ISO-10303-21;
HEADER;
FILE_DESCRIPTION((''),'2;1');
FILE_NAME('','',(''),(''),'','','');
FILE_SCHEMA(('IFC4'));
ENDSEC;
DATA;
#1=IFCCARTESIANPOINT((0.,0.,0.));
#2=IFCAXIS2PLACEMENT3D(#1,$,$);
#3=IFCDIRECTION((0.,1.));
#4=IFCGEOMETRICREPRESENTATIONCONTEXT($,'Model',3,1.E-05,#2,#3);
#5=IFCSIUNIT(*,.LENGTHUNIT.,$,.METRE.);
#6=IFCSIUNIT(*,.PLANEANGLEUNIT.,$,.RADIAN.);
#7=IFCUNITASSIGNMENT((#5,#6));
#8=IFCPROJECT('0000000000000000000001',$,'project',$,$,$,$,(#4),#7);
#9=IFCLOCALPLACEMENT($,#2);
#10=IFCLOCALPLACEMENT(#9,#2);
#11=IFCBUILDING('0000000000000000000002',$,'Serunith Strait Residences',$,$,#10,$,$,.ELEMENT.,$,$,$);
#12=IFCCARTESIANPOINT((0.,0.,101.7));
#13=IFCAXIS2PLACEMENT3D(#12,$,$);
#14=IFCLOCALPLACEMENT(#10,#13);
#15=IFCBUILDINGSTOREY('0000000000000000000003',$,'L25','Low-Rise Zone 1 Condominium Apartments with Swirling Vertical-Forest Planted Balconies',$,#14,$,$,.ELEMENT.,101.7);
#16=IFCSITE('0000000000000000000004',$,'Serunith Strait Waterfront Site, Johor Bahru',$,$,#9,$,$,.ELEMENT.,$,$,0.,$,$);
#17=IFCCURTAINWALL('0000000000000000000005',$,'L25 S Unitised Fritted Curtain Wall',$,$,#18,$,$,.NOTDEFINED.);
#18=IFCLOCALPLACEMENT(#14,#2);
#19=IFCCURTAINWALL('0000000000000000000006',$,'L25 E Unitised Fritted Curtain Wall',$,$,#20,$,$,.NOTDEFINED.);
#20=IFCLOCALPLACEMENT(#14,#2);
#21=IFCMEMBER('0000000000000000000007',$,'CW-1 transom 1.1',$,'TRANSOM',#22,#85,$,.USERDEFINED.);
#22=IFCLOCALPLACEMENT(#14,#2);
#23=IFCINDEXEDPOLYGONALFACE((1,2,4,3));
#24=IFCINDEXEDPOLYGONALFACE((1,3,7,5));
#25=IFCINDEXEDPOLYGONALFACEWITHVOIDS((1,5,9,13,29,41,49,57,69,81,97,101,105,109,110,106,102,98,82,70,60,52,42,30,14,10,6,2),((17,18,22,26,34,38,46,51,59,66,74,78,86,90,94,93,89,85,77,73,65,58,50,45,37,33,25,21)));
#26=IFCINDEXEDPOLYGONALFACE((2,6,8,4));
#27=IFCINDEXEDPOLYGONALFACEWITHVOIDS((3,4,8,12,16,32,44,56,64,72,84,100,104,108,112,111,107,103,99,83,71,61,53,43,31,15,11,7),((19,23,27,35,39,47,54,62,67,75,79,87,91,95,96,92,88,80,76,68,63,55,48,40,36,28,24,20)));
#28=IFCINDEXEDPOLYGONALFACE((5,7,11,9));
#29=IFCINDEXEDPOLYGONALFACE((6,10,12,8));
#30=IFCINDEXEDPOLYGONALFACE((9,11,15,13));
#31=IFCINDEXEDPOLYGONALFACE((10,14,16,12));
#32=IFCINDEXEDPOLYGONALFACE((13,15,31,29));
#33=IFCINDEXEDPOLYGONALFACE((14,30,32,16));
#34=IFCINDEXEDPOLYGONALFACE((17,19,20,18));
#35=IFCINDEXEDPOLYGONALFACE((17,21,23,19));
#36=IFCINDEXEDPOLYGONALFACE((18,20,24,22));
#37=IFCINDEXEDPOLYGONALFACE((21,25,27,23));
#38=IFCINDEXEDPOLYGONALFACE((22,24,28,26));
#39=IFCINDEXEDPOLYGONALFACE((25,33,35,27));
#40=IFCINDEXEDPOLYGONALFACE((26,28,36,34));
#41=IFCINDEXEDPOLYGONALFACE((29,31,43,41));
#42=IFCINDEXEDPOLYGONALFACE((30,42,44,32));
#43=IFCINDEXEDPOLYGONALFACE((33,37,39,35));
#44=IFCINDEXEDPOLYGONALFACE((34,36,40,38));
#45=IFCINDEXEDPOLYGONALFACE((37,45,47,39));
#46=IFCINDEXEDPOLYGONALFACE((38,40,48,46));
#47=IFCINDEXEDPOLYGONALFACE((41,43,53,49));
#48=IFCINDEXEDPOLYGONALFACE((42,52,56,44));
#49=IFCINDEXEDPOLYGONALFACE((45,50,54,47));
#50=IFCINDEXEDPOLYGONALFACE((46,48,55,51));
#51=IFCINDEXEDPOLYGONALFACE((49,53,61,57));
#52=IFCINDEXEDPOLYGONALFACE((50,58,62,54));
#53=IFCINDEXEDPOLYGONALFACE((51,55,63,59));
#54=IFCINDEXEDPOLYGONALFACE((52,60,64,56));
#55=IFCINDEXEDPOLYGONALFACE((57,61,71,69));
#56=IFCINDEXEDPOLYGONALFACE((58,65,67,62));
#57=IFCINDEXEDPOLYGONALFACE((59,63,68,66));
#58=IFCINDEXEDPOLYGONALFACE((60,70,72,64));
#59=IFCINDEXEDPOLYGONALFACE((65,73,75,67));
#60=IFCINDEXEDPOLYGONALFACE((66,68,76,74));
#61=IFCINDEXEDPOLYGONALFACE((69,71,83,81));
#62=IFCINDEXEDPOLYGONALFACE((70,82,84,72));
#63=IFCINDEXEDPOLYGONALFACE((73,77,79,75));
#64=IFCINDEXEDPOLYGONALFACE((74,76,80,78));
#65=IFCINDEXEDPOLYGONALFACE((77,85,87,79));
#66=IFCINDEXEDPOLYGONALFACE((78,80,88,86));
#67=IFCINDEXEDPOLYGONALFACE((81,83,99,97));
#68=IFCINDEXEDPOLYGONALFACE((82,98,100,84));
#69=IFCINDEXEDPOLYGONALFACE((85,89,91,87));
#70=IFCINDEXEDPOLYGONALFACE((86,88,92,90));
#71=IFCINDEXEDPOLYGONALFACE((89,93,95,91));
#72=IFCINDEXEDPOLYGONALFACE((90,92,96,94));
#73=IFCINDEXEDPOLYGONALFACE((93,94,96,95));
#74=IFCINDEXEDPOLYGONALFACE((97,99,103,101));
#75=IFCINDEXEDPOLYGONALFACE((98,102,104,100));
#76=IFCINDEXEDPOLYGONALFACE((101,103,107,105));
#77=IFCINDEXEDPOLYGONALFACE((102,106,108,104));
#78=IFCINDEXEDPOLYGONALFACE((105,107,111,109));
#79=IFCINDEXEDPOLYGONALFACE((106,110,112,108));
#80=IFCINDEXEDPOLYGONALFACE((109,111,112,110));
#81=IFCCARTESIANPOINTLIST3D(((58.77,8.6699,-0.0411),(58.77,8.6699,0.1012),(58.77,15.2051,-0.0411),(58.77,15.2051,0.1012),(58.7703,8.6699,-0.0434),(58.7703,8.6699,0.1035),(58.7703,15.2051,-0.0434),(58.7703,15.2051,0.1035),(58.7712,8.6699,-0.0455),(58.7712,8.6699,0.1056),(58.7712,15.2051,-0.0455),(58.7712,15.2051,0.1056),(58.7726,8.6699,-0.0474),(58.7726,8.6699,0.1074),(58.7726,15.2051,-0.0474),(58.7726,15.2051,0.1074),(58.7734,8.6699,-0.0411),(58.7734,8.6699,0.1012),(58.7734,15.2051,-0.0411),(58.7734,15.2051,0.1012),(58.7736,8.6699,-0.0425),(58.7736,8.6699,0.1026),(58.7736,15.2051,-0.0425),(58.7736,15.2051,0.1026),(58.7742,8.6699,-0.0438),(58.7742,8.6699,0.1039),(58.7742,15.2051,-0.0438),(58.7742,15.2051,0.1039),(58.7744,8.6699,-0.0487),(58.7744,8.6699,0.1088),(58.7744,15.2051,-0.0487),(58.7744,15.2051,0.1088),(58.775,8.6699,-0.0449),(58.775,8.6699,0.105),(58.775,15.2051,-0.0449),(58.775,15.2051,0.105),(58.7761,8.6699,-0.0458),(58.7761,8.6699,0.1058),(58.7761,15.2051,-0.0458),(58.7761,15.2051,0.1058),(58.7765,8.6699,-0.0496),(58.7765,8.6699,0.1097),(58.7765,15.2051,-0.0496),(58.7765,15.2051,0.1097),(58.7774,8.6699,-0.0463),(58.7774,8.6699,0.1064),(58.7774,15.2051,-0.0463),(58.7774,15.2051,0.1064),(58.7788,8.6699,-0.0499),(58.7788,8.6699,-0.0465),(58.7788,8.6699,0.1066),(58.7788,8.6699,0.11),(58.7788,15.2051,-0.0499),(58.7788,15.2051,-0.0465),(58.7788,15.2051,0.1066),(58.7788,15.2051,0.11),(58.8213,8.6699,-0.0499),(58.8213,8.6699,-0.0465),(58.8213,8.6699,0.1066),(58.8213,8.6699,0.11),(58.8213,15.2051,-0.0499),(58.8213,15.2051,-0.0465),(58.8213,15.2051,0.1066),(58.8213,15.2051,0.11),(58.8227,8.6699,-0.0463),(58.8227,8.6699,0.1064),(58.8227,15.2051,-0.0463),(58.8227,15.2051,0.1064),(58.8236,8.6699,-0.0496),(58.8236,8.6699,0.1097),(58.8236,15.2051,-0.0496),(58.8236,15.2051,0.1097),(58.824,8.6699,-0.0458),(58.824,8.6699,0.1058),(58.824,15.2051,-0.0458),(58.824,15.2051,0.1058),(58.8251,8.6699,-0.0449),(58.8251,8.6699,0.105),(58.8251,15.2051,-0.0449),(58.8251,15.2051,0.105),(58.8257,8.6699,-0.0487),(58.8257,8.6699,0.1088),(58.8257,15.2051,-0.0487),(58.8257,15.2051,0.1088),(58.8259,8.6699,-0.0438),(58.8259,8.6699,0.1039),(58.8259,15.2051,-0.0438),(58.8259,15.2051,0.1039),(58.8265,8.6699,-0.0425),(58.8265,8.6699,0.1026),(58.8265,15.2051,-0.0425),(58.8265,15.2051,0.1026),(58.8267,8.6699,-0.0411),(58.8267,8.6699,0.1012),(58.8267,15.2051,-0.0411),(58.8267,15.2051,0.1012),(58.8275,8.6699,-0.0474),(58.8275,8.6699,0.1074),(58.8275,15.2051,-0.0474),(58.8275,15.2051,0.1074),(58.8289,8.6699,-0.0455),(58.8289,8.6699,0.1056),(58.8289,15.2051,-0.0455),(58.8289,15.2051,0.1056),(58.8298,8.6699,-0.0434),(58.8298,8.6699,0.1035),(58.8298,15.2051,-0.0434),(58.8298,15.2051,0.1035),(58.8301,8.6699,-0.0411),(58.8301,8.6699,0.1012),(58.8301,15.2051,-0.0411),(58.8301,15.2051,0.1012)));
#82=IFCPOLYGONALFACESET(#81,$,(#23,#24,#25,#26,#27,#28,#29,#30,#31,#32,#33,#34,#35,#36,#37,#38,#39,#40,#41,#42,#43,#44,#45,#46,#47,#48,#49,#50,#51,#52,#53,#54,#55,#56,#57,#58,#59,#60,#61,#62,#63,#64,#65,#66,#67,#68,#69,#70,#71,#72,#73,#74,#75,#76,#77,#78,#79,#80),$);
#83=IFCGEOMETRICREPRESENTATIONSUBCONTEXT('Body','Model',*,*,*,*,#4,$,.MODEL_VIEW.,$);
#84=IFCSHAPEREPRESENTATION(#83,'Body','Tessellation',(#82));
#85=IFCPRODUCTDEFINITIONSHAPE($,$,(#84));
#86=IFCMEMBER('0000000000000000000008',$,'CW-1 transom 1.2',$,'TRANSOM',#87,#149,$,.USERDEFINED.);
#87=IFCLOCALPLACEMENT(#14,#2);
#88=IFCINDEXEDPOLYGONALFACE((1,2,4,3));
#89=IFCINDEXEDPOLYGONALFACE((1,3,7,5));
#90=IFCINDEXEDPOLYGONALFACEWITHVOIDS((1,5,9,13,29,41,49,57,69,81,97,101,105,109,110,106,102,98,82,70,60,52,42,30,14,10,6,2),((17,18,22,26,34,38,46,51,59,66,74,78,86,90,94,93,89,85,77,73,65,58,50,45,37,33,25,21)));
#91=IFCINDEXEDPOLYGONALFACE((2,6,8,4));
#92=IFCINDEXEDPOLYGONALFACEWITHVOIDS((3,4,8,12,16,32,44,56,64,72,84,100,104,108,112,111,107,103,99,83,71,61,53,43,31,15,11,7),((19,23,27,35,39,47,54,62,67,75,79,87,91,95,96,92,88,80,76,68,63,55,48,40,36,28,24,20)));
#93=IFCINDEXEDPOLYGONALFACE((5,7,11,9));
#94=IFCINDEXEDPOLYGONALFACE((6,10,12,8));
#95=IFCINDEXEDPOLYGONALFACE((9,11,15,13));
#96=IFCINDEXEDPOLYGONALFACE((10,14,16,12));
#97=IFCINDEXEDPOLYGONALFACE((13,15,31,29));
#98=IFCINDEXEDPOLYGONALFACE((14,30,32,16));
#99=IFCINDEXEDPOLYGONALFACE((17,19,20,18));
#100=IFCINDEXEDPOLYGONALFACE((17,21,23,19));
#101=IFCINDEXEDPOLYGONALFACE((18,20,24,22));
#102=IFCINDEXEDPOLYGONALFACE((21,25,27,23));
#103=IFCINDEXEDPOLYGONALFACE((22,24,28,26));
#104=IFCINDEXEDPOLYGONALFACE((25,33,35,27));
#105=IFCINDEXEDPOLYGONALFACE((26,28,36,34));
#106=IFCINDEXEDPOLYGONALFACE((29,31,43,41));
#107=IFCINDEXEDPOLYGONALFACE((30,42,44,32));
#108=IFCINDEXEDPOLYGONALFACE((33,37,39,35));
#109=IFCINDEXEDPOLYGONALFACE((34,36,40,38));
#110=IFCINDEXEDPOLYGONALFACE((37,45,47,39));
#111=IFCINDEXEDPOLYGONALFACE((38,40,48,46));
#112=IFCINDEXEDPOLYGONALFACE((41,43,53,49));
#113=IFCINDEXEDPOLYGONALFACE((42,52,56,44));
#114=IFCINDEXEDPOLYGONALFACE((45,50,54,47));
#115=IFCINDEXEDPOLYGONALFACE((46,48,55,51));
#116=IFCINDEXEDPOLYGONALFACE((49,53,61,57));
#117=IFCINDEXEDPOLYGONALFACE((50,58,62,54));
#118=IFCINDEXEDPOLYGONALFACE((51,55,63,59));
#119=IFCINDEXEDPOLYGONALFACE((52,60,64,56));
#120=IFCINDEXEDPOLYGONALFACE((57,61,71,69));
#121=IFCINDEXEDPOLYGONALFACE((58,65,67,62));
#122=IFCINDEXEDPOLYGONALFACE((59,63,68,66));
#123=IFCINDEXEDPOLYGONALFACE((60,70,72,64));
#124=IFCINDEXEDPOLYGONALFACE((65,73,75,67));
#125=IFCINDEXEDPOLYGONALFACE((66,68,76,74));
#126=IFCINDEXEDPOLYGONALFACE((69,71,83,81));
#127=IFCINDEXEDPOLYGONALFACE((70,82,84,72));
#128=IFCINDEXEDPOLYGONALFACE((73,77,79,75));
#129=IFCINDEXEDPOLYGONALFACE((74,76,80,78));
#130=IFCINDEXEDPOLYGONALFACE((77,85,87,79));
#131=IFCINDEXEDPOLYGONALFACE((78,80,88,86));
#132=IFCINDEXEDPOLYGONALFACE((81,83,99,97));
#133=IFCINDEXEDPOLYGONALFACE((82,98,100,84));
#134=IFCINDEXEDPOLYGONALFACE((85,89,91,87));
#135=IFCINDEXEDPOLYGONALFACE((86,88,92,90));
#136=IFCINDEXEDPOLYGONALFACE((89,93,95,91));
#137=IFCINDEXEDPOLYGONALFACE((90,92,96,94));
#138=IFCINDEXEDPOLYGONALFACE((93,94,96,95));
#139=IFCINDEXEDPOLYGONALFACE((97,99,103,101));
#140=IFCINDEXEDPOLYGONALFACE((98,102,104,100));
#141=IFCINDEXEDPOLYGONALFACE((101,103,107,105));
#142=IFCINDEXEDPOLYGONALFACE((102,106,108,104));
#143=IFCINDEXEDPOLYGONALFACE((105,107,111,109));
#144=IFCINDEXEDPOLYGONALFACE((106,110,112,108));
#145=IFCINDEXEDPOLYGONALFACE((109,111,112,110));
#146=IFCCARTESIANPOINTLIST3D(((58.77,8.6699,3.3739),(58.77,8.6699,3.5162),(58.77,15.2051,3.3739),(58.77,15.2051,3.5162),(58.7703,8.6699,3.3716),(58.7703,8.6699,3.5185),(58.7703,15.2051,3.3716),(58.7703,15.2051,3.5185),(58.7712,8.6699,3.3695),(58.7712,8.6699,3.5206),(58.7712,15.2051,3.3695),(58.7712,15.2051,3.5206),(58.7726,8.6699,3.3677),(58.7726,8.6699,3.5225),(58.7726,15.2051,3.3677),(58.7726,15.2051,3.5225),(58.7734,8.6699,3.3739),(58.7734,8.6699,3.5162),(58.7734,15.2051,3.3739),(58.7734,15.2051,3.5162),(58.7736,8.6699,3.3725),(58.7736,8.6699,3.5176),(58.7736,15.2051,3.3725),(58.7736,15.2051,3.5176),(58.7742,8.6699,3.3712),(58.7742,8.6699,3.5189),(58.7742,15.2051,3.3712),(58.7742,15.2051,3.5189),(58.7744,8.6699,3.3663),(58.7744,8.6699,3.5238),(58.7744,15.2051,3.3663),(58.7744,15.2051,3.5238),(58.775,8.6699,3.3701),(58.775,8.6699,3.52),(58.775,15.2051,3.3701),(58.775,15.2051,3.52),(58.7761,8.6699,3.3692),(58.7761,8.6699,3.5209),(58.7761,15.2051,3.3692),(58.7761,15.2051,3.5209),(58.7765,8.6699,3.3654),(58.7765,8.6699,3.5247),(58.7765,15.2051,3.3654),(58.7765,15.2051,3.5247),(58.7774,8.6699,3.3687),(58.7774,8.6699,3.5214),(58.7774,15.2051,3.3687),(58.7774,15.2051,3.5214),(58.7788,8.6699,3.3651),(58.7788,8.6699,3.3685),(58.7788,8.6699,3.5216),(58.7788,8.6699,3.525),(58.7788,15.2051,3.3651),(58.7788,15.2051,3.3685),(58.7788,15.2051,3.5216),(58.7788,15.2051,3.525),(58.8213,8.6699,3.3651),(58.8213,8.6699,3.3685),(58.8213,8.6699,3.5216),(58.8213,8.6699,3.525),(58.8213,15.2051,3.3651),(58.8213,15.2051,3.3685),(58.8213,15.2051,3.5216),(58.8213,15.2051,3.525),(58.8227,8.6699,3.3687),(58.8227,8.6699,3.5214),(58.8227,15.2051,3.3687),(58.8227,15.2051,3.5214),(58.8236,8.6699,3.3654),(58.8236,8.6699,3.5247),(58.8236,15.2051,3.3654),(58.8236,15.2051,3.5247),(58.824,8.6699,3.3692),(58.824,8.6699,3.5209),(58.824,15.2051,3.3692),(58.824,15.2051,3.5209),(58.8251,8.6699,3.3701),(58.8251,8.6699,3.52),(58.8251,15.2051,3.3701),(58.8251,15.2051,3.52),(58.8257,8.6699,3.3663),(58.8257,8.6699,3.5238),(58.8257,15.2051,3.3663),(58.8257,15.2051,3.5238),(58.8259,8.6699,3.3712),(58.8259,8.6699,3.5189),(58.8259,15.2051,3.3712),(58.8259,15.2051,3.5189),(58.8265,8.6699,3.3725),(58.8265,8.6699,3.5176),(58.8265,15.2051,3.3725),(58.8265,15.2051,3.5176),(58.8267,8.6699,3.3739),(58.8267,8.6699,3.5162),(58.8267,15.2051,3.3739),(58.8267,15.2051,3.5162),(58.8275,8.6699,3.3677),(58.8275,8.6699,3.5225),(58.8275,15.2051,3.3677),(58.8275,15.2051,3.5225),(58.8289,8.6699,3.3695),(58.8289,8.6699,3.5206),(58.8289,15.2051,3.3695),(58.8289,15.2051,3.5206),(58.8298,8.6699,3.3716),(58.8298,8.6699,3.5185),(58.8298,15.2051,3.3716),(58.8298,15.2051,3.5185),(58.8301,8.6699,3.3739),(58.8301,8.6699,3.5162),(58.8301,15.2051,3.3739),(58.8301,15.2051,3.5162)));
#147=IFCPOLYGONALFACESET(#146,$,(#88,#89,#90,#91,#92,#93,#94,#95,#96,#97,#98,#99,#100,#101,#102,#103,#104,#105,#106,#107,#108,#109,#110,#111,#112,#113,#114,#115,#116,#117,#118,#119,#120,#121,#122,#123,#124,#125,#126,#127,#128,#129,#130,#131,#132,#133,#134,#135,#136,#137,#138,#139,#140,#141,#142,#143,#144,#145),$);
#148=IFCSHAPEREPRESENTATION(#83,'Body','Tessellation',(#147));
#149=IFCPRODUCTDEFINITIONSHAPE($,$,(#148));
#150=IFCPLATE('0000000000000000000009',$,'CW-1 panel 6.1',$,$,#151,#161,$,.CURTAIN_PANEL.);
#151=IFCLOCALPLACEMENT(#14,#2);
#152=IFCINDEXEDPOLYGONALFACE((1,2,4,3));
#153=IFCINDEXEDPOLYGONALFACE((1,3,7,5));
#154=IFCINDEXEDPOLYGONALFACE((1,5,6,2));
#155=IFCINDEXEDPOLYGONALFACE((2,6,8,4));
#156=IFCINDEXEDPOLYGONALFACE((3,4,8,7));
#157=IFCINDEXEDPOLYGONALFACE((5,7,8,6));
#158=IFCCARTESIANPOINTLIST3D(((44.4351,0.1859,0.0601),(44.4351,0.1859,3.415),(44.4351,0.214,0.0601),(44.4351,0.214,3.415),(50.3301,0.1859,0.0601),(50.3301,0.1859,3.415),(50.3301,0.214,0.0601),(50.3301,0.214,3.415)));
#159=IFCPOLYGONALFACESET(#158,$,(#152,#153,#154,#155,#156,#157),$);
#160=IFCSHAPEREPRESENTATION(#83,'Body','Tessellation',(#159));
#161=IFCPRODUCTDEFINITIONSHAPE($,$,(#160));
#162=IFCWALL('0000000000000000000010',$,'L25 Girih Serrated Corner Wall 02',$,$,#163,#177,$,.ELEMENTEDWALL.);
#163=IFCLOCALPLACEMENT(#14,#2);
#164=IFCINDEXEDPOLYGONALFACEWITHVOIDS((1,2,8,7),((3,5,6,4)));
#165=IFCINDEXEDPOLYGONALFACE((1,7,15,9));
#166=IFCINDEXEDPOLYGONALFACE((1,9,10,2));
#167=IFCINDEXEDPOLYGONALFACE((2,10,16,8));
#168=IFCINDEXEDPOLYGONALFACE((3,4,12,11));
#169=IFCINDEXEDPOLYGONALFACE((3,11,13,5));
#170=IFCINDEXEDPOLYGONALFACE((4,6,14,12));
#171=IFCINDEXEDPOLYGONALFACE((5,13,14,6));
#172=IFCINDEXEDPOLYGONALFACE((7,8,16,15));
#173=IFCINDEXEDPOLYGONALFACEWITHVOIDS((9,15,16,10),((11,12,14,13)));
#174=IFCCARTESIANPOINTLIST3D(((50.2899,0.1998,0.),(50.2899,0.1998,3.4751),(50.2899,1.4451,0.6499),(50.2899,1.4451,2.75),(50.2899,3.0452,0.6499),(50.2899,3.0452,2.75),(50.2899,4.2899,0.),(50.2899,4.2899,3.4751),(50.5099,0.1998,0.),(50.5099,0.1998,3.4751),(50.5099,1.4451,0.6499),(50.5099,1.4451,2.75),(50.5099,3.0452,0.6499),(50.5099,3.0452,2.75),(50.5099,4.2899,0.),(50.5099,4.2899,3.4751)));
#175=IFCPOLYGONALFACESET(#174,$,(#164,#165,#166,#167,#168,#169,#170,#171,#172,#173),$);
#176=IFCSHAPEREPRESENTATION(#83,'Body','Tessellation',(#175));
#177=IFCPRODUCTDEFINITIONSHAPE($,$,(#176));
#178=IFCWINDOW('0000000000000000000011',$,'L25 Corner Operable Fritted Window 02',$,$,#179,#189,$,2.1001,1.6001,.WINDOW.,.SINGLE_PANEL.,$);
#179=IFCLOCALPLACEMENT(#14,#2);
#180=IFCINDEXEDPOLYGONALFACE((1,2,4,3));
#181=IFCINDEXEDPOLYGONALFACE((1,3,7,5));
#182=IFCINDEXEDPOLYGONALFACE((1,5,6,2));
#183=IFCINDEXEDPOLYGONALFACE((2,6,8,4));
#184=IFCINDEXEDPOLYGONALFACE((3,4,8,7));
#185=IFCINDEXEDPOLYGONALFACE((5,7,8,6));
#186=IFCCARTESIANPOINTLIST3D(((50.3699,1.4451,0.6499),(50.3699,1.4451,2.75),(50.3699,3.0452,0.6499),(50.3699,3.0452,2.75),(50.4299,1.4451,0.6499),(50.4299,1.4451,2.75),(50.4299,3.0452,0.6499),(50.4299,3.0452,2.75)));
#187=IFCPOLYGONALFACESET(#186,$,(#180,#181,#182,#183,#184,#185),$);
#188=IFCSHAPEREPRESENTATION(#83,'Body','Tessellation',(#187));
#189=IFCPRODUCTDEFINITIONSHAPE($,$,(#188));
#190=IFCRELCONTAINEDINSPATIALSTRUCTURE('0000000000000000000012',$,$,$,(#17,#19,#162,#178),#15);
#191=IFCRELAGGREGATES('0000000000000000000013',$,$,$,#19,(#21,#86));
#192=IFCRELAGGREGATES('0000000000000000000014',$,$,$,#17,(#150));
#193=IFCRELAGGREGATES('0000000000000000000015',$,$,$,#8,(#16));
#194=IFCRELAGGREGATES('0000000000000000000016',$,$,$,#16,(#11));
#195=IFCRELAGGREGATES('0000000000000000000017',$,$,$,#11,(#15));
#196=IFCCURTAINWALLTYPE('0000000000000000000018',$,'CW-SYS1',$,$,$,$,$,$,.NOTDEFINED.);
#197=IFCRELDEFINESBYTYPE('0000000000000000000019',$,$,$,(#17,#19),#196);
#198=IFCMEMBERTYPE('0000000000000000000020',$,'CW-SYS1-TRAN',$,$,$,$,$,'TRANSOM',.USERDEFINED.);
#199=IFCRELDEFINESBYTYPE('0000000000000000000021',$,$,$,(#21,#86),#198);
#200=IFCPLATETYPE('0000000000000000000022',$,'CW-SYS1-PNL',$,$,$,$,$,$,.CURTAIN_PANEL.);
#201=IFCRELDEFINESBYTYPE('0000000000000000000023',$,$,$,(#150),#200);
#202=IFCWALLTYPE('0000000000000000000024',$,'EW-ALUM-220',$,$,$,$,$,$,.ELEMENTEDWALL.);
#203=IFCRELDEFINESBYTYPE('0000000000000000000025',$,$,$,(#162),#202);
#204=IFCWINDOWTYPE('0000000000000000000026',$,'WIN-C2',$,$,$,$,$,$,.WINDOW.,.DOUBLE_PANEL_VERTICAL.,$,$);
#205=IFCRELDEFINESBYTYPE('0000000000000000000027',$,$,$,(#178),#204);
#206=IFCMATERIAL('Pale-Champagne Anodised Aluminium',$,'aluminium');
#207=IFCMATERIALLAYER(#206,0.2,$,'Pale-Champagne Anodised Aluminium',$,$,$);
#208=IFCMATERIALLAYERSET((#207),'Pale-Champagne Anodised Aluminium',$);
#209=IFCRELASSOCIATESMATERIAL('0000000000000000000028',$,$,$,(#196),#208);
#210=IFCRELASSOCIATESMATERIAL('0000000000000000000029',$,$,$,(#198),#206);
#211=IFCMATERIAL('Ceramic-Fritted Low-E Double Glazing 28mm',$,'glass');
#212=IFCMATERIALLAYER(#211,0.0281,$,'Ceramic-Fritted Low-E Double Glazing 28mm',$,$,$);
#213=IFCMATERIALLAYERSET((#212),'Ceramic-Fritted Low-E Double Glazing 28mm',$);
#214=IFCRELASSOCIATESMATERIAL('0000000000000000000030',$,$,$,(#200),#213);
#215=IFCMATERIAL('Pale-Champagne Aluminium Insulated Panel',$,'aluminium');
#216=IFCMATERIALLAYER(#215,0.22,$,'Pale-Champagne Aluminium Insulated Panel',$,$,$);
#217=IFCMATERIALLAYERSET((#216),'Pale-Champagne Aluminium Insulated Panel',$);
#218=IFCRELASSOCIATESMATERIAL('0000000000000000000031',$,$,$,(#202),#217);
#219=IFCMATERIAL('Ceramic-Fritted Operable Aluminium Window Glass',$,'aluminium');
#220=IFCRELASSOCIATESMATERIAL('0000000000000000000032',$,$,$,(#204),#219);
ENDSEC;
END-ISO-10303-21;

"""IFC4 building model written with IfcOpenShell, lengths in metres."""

from ifc_helpers import new_model, si_unit, direction, frame, frame_2d, origin, origin_2d, place, context, subcontext, project, spatial, rectangle, hollow_rectangle, extrude, source, transform, mapped, material, layer, layer_set, material_profile, profile_set, type_object, element, fill, aggregate, save


model = new_model("IFC4")

# Units and contexts
model_context = context("Model", 3, precision=1e-05, world=origin(), true_north=direction((0.0, 1.0)))
body_context = subcontext(model_context, "Body", "Model", "MODEL_VIEW")
ifc_project = project(units=[si_unit("LENGTHUNIT", "METRE"), si_unit("PLANEANGLEUNIT", "RADIAN")], contexts=[model_context])

# Site, building, storey
site_placement = place(None, origin())
site = spatial("IfcSite", under=ifc_project, at=site_placement, Name="Serunith Strait Waterfront Site, Johor Bahru", CompositionType="ELEMENT", RefElevation=0.0)
building_placement = place(site_placement, origin())
building = spatial("IfcBuilding", under=site, at=building_placement, Name="Serunith Strait Residences", CompositionType="ELEMENT")
storey_placement = place(building_placement, frame((0.0, 0.0, 101.7)))
storey = spatial("IfcBuildingStorey", under=building, at=storey_placement, Name="L25", Description="Low-Rise Zone 1 Condominium Apartments with Swirling Vertical-Forest Planted Balconies", CompositionType="ELEMENT", Elevation=101.7)

# Curtain wall
ifc_material_1 = material(Name="Pale-Champagne Anodised Aluminium", Category="aluminium")
ifc_layer_1 = layer(ifc_material_1, 0.2, Name="Pale-Champagne Anodised Aluminium")
ifc_layer_set_1 = layer_set([ifc_layer_1], Name="Pale-Champagne Anodised Aluminium")
curtain_wall_type = type_object("IfcCurtainWallType", Name="CW-SYS1", PredefinedType="NOTDEFINED", material=ifc_layer_set_1)
curtain_wall_1_placement = place(storey_placement, origin())
curtain_wall_1 = element("IfcCurtainWall", 1, at=curtain_wall_1_placement, inside=storey, type_object=curtain_wall_type, Name="L25 S Unitised Fritted Curtain Wall", PredefinedType="NOTDEFINED")

# Curtain wall
curtain_wall_2_placement = place(storey_placement, origin())
curtain_wall_2 = element("IfcCurtainWall", 2, at=curtain_wall_2_placement, inside=storey, type_object=curtain_wall_type, Name="L25 E Unitised Fritted Curtain Wall", PredefinedType="NOTDEFINED")

# Members
ifc_material_profile_1 = material_profile(ifc_material_1, hollow_rectangle(XDim=0.0601, YDim=0.1599, WallThickness=0.0034, InnerFilletRadius=0.0054, OuterFilletRadius=0.0088, at=origin_2d()), Name="ALU 160x60x3.5")
ifc_profile_set_1 = profile_set([ifc_material_profile_1], Name="Pale-Champagne Anodised Aluminium")
member_type_1 = type_object("IfcMemberType", Name="CW-SYS1-TRAN", ElementType="TRANSOM", PredefinedType="USERDEFINED", material=ifc_profile_set_1)
shared_shape_1 = source(origin(), body_context, "Body", "SweptSolid", [
    extrude(hollow_rectangle(XDim=0.0601, YDim=0.1599, WallThickness=0.0034, InnerFilletRadius=0.0054, OuterFilletRadius=0.0088, at=origin_2d()), origin(), (0.0, 0.0, 1.0), 6.5352),
])
member_1_placement = place(storey_placement, frame((58.8, 8.6699, 0.03), z_axis=(0.0, 1.0, 0.0), x_axis=(-1.0, 0.0, 0.0)))
member_1 = element("IfcMember", 3, at=member_1_placement, type_object=member_type_1, Name="CW-1 transom 1.1", ObjectType="TRANSOM", PredefinedType="USERDEFINED", context=body_context, shape_type="MappedRepresentation", body=[
    mapped(shared_shape_1, transform((0.0, 0.0, 0.0), scale=1.0)),
])
member_2_placement = place(storey_placement, frame((58.8, 8.6699, 3.4451), z_axis=(0.0, 1.0, 0.0), x_axis=(-1.0, 0.0, 0.0)))
member_2 = element("IfcMember", 4, at=member_2_placement, type_object=member_type_1, Name="CW-1 transom 1.2", ObjectType="TRANSOM", PredefinedType="USERDEFINED", context=body_context, shape_type="MappedRepresentation", body=[
    mapped(shared_shape_1, transform((0.0, 0.0, 0.0), scale=1.0)),
])
aggregate(curtain_wall_2, [member_1, member_2])

# Plate
ifc_material_2 = material(Name="Ceramic-Fritted Low-E Double Glazing 28mm", Category="glass")
ifc_layer_2 = layer(ifc_material_2, 0.0281, Name="Ceramic-Fritted Low-E Double Glazing 28mm")
ifc_layer_set_2 = layer_set([ifc_layer_2], Name="Ceramic-Fritted Low-E Double Glazing 28mm")
plate_type = type_object("IfcPlateType", Name="CW-SYS1-PNL", PredefinedType="CURTAIN_PANEL", material=ifc_layer_set_2)
shared_shape_2 = source(origin(), body_context, "Body", "SweptSolid", [
    extrude(rectangle(XDim=5.895, YDim=0.0281, at=origin_2d()), origin(), (0.0, 0.0, 1.0), 3.355),
])
plate_placement = place(storey_placement, frame((47.3826, 0.2, 0.0601), z_axis=(0.0, 0.0, 1.0), x_axis=(1.0, 0.0, 0.0)))
plate = element("IfcPlate", 5, at=plate_placement, type_object=plate_type, Name="CW-1 panel 6.1", PredefinedType="CURTAIN_PANEL", context=body_context, shape_type="MappedRepresentation", body=[
    mapped(shared_shape_2, transform((0.0, 0.0, 0.0), scale=1.0)),
])
aggregate(curtain_wall_1, [plate])

# Wall, opening, window
ifc_material_3 = material(Name="Pale-Champagne Aluminium Insulated Panel", Category="aluminium")
ifc_layer_3 = layer(ifc_material_3, 0.22, Name="Pale-Champagne Aluminium Insulated Panel")
ifc_layer_set_3 = layer_set([ifc_layer_3], Name="Pale-Champagne Aluminium Insulated Panel")
wall_type_1 = type_object("IfcWallType", Name="EW-ALUM-220", PredefinedType="ELEMENTEDWALL", material=ifc_layer_set_3)
wall_1_placement = place(storey_placement, frame((50.3999, 0.2, 0.0), z_axis=(0.0, 0.0, 1.0), x_axis=(0.0, 1.0, 0.0)))
wall_1 = element("IfcWall", 6, at=wall_1_placement, inside=storey, type_object=wall_type_1, Name="L25 Girih Serrated Corner Wall 02", PredefinedType="ELEMENTEDWALL", context=body_context, shape_type="SweptSolid", body=[
    extrude(rectangle(XDim=4.0901, YDim=0.22, at=frame_2d((2.0449, 0.0))), origin(), (0.0, 0.0, 1.0), 3.4751),
])
opening_1_placement = place(wall_1_placement, frame((1.2451, 0.0, 0.6499)))
opening_1 = element("IfcOpeningElement", 7, at=opening_1_placement, cuts=wall_1, PredefinedType="OPENING", context=body_context, shape_type="SweptSolid", body=[
    extrude(rectangle(XDim=1.6001, YDim=2.1001, at=frame_2d((0.8, 1.05))), frame((0.0, 0.1201, 0.0), z_axis=(0.0, -1.0, 0.0), x_axis=(1.0, 0.0, 0.0)), (0.0, 0.0, 1.0), 0.24),
])
ifc_material_4 = material(Name="Ceramic-Fritted Operable Aluminium Window Glass", Category="aluminium")
window_type = type_object("IfcWindowType", Name="WIN-C2", PartitioningType="DOUBLE_PANEL_VERTICAL", PredefinedType="WINDOW", material=ifc_material_4)
shared_shape_3 = source(origin(), body_context, "Body", "SweptSolid", [
    extrude(rectangle(XDim=1.6001, YDim=2.1001, at=frame_2d((0.8, 1.05))), frame((0.0, 0.03, 0.0), z_axis=(0.0, -1.0, 0.0), x_axis=(1.0, 0.0, 0.0)), (0.0, 0.0, 1.0), 0.0601),
])
window_1_placement = place(opening_1_placement, origin())
window_1 = element("IfcWindow", 8, at=window_1_placement, inside=storey, type_object=window_type, Name="L25 Corner Operable Fritted Window 02", OverallHeight=2.1001, OverallWidth=1.6001, PartitioningType="SINGLE_PANEL", PredefinedType="WINDOW", context=body_context, shape_type="MappedRepresentation", body=[
    mapped(shared_shape_3, transform((0.0, 0.0, 0.0), scale=1.0)),
])
fill(opening_1, window_1)

save(model, "model.ifc")
